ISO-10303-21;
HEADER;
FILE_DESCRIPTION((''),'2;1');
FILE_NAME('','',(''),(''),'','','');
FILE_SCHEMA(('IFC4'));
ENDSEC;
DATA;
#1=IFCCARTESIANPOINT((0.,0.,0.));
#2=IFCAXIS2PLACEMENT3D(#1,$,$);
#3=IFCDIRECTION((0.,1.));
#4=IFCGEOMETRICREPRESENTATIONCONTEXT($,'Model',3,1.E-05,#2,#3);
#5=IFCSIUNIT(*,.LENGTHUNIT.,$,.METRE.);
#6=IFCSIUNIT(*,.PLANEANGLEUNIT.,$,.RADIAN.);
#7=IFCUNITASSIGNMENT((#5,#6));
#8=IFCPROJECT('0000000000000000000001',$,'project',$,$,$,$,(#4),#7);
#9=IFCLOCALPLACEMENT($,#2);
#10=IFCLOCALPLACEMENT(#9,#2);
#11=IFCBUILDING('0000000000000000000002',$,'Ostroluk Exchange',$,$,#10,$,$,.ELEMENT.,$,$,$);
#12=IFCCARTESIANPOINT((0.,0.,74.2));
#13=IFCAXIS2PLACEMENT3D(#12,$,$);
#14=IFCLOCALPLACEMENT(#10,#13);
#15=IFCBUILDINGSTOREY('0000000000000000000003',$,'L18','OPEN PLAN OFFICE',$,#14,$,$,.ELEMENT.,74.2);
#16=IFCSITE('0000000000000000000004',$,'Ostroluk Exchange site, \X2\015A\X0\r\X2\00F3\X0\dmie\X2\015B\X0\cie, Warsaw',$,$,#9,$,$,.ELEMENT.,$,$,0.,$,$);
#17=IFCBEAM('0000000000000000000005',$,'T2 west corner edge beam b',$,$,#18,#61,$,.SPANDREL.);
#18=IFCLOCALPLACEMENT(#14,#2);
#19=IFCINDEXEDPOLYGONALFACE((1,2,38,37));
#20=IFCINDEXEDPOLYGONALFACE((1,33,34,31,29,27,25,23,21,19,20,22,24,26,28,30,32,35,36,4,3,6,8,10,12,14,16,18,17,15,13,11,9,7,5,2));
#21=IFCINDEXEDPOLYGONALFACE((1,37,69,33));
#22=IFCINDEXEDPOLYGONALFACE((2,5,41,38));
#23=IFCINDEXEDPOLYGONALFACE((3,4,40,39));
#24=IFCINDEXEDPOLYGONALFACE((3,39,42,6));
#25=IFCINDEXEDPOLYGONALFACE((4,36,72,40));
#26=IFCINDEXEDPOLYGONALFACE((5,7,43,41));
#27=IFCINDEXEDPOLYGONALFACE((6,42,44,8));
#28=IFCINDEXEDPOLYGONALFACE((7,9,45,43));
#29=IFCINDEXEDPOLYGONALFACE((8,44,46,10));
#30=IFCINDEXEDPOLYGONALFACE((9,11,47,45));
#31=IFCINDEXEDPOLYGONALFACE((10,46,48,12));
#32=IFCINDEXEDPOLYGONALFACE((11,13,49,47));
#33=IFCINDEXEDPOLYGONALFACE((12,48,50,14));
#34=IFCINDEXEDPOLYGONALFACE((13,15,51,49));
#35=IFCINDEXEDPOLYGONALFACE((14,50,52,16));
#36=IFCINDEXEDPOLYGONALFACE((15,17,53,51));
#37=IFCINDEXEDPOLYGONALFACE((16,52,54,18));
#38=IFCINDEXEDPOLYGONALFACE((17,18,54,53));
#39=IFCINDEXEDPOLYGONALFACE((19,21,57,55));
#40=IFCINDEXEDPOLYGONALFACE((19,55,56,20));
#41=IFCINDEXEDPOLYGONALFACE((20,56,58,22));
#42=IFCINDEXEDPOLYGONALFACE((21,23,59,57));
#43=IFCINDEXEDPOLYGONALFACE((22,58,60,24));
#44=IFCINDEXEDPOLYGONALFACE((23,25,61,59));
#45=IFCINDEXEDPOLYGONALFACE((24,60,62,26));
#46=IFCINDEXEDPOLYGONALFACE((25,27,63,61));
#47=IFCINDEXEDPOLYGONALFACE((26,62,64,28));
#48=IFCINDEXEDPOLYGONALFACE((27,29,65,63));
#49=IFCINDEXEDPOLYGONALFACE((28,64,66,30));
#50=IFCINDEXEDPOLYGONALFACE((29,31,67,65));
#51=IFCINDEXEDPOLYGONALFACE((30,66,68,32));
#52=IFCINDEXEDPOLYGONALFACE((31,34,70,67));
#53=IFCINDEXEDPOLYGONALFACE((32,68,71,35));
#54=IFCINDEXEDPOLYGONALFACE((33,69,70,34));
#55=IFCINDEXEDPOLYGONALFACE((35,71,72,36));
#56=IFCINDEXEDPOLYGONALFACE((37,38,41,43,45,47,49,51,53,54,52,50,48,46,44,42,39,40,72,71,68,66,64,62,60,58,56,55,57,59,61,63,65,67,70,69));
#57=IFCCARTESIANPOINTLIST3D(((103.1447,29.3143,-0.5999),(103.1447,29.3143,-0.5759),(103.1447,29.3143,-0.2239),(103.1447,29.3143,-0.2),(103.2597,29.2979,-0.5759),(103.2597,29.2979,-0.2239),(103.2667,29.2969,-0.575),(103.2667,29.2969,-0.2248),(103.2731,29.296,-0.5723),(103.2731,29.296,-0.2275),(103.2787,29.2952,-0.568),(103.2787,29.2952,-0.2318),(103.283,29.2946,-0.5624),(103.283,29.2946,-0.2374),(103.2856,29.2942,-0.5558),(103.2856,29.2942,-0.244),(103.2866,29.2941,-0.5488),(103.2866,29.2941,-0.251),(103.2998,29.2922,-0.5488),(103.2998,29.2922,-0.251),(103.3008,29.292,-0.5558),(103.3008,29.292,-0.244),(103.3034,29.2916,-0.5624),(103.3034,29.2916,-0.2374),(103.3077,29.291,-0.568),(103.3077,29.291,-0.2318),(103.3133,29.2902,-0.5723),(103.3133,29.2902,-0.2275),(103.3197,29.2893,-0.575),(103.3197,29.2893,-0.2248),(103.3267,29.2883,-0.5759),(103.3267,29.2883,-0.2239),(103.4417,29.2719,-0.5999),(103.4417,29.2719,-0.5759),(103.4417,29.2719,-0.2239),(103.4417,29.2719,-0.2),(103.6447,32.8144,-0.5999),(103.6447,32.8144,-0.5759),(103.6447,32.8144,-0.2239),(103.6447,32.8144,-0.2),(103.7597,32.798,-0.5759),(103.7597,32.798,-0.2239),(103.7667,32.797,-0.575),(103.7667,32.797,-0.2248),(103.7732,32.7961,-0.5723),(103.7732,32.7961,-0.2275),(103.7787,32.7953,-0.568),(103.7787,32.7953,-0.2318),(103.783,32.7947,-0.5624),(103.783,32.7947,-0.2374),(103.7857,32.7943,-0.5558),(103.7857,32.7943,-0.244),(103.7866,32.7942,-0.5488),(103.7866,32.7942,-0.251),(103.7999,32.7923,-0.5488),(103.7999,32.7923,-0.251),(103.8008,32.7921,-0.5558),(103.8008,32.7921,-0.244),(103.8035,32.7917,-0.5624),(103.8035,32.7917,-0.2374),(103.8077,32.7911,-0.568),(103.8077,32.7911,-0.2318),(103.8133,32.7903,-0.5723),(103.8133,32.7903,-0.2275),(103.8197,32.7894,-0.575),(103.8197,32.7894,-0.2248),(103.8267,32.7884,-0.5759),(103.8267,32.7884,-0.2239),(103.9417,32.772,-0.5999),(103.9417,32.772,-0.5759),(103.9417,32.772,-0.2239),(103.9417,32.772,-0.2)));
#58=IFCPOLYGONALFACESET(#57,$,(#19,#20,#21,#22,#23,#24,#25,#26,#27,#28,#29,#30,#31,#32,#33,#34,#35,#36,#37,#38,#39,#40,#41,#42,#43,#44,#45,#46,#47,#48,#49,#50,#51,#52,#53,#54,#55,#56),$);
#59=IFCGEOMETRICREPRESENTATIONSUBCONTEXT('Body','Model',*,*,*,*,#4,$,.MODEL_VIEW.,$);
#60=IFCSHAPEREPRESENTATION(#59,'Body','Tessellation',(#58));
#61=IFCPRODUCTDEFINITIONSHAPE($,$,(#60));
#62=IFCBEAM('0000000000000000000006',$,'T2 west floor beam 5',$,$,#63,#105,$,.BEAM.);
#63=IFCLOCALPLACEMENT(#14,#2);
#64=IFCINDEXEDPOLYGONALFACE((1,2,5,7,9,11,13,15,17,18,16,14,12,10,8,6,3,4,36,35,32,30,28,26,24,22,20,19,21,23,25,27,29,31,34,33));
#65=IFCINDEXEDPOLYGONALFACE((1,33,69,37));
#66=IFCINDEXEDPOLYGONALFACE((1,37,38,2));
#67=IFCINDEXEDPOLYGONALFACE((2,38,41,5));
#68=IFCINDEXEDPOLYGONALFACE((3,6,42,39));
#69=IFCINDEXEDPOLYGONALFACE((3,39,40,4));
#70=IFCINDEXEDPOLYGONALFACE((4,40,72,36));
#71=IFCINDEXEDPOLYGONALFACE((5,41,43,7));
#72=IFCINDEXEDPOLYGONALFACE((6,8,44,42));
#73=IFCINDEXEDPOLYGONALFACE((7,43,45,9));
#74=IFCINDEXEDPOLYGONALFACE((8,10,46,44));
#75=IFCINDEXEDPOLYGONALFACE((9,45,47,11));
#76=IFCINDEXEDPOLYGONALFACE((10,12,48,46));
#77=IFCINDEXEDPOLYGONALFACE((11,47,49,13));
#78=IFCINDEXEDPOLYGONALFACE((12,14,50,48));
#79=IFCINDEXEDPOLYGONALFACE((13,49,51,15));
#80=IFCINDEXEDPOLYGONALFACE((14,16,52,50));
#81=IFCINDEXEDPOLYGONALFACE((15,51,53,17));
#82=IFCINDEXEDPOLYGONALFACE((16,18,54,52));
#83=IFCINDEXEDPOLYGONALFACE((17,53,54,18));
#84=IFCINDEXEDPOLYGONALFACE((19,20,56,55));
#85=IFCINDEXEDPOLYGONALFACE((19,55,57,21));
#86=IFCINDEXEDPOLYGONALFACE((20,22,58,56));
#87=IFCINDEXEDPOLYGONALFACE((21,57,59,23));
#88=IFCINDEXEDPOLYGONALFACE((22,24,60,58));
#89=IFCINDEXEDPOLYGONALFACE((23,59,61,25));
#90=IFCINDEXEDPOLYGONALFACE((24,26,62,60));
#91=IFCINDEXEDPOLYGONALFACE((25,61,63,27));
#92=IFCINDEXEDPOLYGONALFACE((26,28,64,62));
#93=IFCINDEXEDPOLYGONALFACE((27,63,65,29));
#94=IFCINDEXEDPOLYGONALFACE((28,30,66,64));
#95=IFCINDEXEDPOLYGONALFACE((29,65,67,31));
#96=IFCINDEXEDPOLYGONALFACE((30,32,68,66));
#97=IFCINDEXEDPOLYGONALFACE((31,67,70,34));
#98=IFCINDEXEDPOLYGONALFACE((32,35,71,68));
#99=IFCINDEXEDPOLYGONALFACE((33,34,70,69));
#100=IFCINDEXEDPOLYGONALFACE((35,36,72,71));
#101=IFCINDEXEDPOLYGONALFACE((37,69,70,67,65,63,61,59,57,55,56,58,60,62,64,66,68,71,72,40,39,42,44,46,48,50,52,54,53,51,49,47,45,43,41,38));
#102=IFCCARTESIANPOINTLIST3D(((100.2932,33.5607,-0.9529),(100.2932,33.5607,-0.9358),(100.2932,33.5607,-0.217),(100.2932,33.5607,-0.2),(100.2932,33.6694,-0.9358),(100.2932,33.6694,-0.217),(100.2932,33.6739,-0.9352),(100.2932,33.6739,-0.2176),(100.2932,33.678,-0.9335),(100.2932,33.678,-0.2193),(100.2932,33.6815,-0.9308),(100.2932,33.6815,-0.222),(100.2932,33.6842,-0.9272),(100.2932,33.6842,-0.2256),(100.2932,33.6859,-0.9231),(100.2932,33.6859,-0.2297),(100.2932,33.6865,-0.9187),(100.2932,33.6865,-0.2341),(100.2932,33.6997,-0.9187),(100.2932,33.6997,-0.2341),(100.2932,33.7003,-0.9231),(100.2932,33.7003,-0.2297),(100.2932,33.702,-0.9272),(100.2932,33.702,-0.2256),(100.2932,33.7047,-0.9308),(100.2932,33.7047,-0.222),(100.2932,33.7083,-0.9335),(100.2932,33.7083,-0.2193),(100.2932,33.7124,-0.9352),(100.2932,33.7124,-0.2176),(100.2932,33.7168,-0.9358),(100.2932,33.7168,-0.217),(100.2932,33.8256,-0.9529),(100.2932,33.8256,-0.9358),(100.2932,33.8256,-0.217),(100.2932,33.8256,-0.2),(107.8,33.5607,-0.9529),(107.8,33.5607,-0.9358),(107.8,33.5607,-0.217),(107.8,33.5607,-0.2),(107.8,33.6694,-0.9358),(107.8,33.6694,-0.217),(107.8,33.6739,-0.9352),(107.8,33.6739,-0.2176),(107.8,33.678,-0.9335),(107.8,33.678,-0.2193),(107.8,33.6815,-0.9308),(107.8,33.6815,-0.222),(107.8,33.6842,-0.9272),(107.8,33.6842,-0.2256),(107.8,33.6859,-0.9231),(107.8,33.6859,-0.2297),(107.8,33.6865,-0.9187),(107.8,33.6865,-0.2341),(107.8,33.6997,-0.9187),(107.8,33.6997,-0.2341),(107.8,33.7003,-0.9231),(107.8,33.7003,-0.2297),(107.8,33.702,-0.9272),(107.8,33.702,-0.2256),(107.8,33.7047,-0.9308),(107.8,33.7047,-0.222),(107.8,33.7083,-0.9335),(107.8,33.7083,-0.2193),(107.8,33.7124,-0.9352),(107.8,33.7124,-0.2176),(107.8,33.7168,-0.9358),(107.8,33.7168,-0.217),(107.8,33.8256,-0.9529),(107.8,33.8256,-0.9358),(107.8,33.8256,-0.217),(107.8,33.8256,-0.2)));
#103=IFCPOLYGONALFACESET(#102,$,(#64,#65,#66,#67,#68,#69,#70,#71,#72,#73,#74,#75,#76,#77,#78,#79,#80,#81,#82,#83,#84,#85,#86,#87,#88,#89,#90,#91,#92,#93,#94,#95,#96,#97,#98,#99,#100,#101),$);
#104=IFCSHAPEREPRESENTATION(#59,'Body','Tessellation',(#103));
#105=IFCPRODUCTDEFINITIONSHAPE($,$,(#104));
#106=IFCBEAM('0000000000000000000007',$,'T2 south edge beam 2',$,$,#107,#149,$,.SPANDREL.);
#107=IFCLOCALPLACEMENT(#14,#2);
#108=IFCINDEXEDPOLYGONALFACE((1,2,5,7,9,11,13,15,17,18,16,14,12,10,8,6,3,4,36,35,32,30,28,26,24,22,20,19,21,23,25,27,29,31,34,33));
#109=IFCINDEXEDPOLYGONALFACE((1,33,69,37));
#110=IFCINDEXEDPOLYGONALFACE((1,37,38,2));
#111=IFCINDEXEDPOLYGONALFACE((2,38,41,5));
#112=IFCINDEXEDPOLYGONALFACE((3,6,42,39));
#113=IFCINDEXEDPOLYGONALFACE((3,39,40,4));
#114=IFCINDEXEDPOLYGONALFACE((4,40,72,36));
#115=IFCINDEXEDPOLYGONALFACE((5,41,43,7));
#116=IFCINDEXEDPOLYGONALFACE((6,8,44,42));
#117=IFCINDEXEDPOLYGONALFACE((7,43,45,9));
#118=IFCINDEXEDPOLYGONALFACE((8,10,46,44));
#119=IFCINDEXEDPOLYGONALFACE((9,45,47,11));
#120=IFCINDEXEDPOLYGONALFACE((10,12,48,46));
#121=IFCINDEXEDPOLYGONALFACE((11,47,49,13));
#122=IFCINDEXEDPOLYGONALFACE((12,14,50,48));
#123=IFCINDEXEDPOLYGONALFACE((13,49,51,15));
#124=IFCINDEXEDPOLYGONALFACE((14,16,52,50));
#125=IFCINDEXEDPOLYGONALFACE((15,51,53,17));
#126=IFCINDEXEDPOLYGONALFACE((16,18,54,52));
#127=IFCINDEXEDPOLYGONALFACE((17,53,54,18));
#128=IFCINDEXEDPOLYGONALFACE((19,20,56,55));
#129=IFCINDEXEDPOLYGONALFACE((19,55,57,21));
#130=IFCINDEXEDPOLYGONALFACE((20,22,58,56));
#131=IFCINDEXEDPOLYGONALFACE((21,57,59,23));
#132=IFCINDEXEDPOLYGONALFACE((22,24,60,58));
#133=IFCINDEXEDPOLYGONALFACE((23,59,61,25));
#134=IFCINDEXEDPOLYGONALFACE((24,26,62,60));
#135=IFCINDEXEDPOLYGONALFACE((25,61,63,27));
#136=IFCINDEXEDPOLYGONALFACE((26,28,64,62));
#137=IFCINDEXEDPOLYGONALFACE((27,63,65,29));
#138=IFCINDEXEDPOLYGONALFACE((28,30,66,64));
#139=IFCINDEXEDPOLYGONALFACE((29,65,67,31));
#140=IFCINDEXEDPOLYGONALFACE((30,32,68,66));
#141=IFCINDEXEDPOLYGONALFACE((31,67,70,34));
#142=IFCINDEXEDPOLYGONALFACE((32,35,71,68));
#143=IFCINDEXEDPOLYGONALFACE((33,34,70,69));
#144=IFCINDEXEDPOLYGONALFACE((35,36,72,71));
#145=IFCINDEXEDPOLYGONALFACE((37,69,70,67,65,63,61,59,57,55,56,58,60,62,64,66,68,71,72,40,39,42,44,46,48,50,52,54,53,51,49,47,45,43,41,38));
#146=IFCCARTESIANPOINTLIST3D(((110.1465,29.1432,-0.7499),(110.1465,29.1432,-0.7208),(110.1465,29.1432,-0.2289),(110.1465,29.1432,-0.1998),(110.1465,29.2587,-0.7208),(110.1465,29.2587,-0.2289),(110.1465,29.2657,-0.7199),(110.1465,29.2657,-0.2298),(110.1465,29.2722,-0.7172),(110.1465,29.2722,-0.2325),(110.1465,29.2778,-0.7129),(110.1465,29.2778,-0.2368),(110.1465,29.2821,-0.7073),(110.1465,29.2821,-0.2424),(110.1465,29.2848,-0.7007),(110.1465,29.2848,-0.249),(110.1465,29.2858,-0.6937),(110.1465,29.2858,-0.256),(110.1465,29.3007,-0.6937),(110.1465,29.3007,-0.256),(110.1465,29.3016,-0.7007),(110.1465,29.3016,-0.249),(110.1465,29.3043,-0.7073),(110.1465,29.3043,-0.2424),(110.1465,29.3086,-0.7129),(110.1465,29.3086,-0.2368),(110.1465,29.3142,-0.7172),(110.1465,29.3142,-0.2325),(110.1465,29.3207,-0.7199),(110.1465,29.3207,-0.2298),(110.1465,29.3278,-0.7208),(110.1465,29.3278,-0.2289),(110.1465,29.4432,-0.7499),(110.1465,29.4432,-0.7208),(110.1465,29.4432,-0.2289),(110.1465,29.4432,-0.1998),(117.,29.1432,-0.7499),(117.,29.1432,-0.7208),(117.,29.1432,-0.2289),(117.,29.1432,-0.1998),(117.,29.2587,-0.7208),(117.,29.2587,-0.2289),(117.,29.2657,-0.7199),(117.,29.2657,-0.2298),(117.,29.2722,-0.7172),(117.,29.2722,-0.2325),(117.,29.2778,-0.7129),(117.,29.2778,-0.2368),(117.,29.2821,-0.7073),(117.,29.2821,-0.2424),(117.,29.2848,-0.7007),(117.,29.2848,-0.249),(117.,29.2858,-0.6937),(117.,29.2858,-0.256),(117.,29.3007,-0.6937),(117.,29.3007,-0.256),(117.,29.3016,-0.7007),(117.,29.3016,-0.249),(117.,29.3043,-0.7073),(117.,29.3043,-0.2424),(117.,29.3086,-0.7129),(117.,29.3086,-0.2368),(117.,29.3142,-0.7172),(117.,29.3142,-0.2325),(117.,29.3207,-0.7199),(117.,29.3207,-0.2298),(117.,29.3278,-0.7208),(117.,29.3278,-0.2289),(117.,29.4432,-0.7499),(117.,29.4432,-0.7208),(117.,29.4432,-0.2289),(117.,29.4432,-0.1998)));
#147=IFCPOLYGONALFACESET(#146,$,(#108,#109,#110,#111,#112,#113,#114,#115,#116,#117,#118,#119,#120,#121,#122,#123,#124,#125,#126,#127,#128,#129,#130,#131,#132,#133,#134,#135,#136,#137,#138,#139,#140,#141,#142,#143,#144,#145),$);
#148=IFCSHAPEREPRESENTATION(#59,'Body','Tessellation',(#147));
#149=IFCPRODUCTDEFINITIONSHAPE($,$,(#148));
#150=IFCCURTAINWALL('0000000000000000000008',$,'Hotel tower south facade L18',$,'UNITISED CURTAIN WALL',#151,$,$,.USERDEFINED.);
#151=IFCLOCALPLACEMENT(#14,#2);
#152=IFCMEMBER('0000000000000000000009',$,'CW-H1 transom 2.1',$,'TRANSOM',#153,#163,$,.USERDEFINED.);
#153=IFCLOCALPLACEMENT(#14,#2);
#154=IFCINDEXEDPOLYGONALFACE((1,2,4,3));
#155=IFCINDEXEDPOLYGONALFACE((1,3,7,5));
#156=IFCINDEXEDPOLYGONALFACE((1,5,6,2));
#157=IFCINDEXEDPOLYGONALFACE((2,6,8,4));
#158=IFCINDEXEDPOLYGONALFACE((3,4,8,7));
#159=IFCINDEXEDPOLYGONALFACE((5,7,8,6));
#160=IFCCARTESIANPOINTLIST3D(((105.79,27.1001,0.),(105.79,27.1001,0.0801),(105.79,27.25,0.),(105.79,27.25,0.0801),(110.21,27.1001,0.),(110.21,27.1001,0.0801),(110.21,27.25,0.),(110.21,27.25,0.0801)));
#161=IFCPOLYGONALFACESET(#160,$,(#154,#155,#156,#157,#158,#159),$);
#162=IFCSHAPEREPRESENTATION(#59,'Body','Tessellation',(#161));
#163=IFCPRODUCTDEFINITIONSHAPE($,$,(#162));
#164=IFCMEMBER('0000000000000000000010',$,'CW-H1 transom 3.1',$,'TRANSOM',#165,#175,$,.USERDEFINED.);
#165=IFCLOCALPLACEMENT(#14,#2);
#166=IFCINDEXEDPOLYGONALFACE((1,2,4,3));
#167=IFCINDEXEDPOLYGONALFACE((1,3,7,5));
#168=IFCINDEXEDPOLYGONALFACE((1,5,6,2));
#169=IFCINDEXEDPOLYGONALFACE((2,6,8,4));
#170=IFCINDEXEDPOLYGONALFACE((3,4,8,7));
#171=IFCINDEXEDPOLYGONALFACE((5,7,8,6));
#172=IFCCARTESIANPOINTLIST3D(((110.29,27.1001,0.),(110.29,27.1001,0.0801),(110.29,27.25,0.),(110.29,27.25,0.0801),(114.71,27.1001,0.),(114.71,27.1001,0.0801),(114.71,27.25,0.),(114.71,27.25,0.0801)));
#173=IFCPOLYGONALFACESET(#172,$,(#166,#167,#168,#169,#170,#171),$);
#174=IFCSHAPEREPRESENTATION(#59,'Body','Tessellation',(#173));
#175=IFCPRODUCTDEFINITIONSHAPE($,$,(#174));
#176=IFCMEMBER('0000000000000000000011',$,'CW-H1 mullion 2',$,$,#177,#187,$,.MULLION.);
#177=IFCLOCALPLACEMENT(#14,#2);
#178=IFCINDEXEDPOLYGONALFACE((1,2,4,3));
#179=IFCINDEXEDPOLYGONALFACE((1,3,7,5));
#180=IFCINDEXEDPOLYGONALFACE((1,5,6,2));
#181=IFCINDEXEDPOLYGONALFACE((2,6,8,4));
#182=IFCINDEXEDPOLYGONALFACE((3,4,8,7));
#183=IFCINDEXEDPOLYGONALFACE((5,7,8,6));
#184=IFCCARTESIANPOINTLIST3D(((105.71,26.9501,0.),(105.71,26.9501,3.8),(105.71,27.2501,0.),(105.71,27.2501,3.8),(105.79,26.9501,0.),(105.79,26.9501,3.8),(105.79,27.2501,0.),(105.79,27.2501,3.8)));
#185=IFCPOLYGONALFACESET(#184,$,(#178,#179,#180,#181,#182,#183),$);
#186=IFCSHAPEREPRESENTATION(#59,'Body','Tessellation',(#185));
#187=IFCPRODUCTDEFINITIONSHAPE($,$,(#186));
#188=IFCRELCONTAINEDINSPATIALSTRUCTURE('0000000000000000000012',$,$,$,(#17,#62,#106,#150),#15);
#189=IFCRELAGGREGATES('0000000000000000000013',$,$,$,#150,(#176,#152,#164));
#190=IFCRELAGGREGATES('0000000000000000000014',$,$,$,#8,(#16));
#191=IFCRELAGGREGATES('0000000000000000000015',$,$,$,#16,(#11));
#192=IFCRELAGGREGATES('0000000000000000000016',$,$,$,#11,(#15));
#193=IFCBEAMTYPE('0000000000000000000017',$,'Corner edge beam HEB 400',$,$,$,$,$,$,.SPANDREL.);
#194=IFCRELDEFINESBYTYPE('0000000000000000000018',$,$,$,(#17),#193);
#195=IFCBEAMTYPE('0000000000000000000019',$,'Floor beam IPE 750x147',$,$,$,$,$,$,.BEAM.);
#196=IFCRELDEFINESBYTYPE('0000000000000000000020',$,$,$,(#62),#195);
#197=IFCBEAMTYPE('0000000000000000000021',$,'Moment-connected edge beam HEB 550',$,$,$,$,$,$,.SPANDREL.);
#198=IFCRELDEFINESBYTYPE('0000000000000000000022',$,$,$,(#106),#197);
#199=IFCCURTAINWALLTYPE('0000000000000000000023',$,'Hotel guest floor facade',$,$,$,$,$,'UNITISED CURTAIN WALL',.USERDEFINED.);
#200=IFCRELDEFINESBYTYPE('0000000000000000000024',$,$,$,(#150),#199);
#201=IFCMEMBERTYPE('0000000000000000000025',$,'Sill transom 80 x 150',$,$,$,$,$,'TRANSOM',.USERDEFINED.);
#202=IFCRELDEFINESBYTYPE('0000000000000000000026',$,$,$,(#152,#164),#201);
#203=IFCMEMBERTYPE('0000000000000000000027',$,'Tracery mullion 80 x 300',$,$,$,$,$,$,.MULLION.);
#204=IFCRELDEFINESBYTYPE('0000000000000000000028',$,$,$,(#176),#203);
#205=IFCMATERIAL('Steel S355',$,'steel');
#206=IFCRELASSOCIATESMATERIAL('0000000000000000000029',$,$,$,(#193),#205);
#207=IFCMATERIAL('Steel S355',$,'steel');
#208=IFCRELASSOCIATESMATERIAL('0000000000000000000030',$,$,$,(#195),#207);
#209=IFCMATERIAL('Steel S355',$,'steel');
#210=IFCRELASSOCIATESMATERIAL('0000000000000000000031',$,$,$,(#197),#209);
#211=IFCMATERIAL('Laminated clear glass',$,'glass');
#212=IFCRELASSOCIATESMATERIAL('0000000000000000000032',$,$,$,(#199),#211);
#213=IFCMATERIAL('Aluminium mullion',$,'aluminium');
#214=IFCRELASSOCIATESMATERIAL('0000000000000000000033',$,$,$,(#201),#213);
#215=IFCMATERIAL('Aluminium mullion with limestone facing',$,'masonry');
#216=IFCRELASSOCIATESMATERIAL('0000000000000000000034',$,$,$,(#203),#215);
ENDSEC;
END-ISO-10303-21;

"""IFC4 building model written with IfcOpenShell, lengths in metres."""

from ifc_helpers import new_model, si_unit, direction, frame, origin, origin_2d, place, context, subcontext, project, spatial, rectangle, i_section, extrude, material, material_profile, profile_set, type_object, element, aggregate, save


model = new_model("IFC4")

# Units and contexts
model_context = context("Model", 3, precision=1e-05, world=origin(), true_north=direction((0.0, 1.0)))
body_context = subcontext(model_context, "Body", "Model", "MODEL_VIEW")
ifc_project = project(units=[si_unit("LENGTHUNIT", "METRE"), si_unit("PLANEANGLEUNIT", "RADIAN")], contexts=[model_context])

# Site, building, storey
site_placement = place(None, origin())
site = spatial("IfcSite", under=ifc_project, at=site_placement, Name="Ostroluk Exchange site, Śródmieście, Warsaw", CompositionType="ELEMENT", RefElevation=0.0)
building_placement = place(site_placement, origin())
building = spatial("IfcBuilding", under=site, at=building_placement, Name="Ostroluk Exchange", CompositionType="ELEMENT")
storey_placement = place(building_placement, frame((0.0, 0.0, 74.2)))
storey = spatial("IfcBuildingStorey", under=building, at=storey_placement, Name="L18", Description="OPEN PLAN OFFICE", CompositionType="ELEMENT", Elevation=74.2)

# Beams
ifc_material_1 = material(Name="Steel S355", Category="steel")
ifc_material_profile_1 = material_profile(ifc_material_1, i_section(OverallWidth=0.3, OverallDepth=0.3999, WebThickness=0.0134, FlangeThickness=0.0239, FilletRadius=0.0271, at=origin_2d()), Name="HEB 400")
ifc_profile_set_1 = profile_set([ifc_material_profile_1], Name="Steel S355")
beam_type_1 = type_object("IfcBeamType", Name="Corner edge beam HEB 400", PredefinedType="SPANDREL", material=ifc_profile_set_1)
for number, where, z_axis, x_axis, name in (
    (1, (103.7932, 32.7932, -0.3999), (-0.141421, -0.989949, 0.0), (0.989949, -0.141421, 0.0), "T2 west corner edge beam b"),
):
    element("IfcBeam", number, at=place(storey_placement, frame(where, z_axis=z_axis, x_axis=x_axis)), inside=storey, type_object=beam_type_1, Name=name, PredefinedType="SPANDREL", context=body_context, shape_type="SweptSolid", body=[
        extrude(i_section(OverallWidth=0.3, OverallDepth=0.3999, WebThickness=0.0134, FlangeThickness=0.0239, FilletRadius=0.0271, at=origin_2d()), origin(), (0.0, 0.0, 1.0), 3.5356),
    ])
ifc_material_2 = material(Name="Steel S355", Category="steel")
ifc_material_profile_2 = material_profile(ifc_material_2, i_section(OverallWidth=0.2649, OverallDepth=0.7529, WebThickness=0.0132, FlangeThickness=0.0171, FilletRadius=0.0171, at=origin_2d()), Name="IPE 750x147")
ifc_profile_set_2 = profile_set([ifc_material_profile_2], Name="Steel S355")
beam_type_2 = type_object("IfcBeamType", Name="Floor beam IPE 750x147", PredefinedType="BEAM", material=ifc_profile_set_2)
beam_1_placement = place(storey_placement, frame((107.8, 33.6931, -0.5764), z_axis=(-1.0, 0.0, 0.0), x_axis=(0.0, -1.0, 0.0)))
element("IfcBeam", 2, at=beam_1_placement, inside=storey, type_object=beam_type_2, Name="T2 west floor beam 5", PredefinedType="BEAM", context=body_context, shape_type="SweptSolid", body=[
    extrude(i_section(OverallWidth=0.2649, OverallDepth=0.7529, WebThickness=0.0132, FlangeThickness=0.0171, FilletRadius=0.0171, at=origin_2d()), origin(), (0.0, 0.0, 1.0), 7.5068),
])
ifc_material_3 = material(Name="Steel S355", Category="steel")
ifc_material_profile_3 = material_profile(ifc_material_3, i_section(OverallWidth=0.3, OverallDepth=0.55, WebThickness=0.0149, FlangeThickness=0.0291, FilletRadius=0.0271, at=origin_2d()), Name="HEB 550")
ifc_profile_set_3 = profile_set([ifc_material_profile_3], Name="Steel S355")
beam_type_3 = type_object("IfcBeamType", Name="Moment-connected edge beam HEB 550", PredefinedType="SPANDREL", material=ifc_profile_set_3)
beam_2_placement = place(storey_placement, frame((110.1465, 29.2932, -0.4749), z_axis=(1.0, 0.0, 0.0), x_axis=(0.0, 1.0, 0.0)))
element("IfcBeam", 3, at=beam_2_placement, inside=storey, type_object=beam_type_3, Name="T2 south edge beam 2", PredefinedType="SPANDREL", context=body_context, shape_type="SweptSolid", body=[
    extrude(i_section(OverallWidth=0.3, OverallDepth=0.55, WebThickness=0.0149, FlangeThickness=0.0291, FilletRadius=0.0271, at=origin_2d()), origin(), (0.0, 0.0, 1.0), 6.8535),
])

# Curtain wall, members
ifc_material_4 = material(Name="Laminated clear glass", Category="glass")
curtain_wall_type = type_object("IfcCurtainWallType", Name="Hotel guest floor facade", ElementType="UNITISED CURTAIN WALL", PredefinedType="USERDEFINED", material=ifc_material_4)
curtain_wall_placement = place(storey_placement, origin())
curtain_wall = element("IfcCurtainWall", 4, at=curtain_wall_placement, inside=storey, type_object=curtain_wall_type, Name="Hotel tower south facade L18", ObjectType="UNITISED CURTAIN WALL", PredefinedType="USERDEFINED")
ifc_material_5 = material(Name="Aluminium mullion", Category="aluminium")
ifc_material_profile_4 = material_profile(ifc_material_5, rectangle(XDim=0.1499, YDim=0.0801, at=origin_2d()), Name="Sill transom 80 x 150")
ifc_profile_set_4 = profile_set([ifc_material_profile_4], Name="Aluminium mullion")
member_type_1 = type_object("IfcMemberType", Name="Sill transom 80 x 150", ElementType="TRANSOM", PredefinedType="USERDEFINED", material=ifc_profile_set_4)
member_1_placement = place(storey_placement, frame((105.79, 27.175, 0.04), z_axis=(1.0, 0.0, 0.0), x_axis=(0.0, 1.0, 0.0)))
member_1 = element("IfcMember", 5, at=member_1_placement, type_object=member_type_1, Name="CW-H1 transom 2.1", ObjectType="TRANSOM", PredefinedType="USERDEFINED", context=body_context, shape_type="SweptSolid", body=[
    extrude(rectangle(XDim=0.1499, YDim=0.0801, at=origin_2d()), origin(), (0.0, 0.0, 1.0), 4.4199),
])
member_2_placement = place(storey_placement, frame((110.29, 27.175, 0.04), z_axis=(1.0, 0.0, 0.0), x_axis=(0.0, 1.0, 0.0)))
member_2 = element("IfcMember", 6, at=member_2_placement, type_object=member_type_1, Name="CW-H1 transom 3.1", ObjectType="TRANSOM", PredefinedType="USERDEFINED", context=body_context, shape_type="SweptSolid", body=[
    extrude(rectangle(XDim=0.1499, YDim=0.0801, at=origin_2d()), origin(), (0.0, 0.0, 1.0), 4.4199),
])
ifc_material_6 = material(Name="Aluminium mullion with limestone facing", Category="masonry")
ifc_material_profile_5 = material_profile(ifc_material_6, rectangle(XDim=0.3, YDim=0.0801, at=origin_2d()), Name="Tracery mullion 80 x 300")
ifc_profile_set_5 = profile_set([ifc_material_profile_5], Name="Aluminium mullion with limestone facing")
member_type_2 = type_object("IfcMemberType", Name="Tracery mullion 80 x 300", PredefinedType="MULLION", material=ifc_profile_set_5)
member_3_placement = place(storey_placement, frame((105.75, 27.1001, 0.0), z_axis=(0.0, 0.0, 1.0), x_axis=(0.0, 1.0, 0.0)))
member_3 = element("IfcMember", 7, at=member_3_placement, type_object=member_type_2, Name="CW-H1 mullion 2", PredefinedType="MULLION", context=body_context, shape_type="SweptSolid", body=[
    extrude(rectangle(XDim=0.3, YDim=0.0801, at=origin_2d()), origin(), (0.0, 0.0, 1.0), 3.8),
])
aggregate(curtain_wall, [member_3, member_1, member_2])

save(model, "model.ifc")
